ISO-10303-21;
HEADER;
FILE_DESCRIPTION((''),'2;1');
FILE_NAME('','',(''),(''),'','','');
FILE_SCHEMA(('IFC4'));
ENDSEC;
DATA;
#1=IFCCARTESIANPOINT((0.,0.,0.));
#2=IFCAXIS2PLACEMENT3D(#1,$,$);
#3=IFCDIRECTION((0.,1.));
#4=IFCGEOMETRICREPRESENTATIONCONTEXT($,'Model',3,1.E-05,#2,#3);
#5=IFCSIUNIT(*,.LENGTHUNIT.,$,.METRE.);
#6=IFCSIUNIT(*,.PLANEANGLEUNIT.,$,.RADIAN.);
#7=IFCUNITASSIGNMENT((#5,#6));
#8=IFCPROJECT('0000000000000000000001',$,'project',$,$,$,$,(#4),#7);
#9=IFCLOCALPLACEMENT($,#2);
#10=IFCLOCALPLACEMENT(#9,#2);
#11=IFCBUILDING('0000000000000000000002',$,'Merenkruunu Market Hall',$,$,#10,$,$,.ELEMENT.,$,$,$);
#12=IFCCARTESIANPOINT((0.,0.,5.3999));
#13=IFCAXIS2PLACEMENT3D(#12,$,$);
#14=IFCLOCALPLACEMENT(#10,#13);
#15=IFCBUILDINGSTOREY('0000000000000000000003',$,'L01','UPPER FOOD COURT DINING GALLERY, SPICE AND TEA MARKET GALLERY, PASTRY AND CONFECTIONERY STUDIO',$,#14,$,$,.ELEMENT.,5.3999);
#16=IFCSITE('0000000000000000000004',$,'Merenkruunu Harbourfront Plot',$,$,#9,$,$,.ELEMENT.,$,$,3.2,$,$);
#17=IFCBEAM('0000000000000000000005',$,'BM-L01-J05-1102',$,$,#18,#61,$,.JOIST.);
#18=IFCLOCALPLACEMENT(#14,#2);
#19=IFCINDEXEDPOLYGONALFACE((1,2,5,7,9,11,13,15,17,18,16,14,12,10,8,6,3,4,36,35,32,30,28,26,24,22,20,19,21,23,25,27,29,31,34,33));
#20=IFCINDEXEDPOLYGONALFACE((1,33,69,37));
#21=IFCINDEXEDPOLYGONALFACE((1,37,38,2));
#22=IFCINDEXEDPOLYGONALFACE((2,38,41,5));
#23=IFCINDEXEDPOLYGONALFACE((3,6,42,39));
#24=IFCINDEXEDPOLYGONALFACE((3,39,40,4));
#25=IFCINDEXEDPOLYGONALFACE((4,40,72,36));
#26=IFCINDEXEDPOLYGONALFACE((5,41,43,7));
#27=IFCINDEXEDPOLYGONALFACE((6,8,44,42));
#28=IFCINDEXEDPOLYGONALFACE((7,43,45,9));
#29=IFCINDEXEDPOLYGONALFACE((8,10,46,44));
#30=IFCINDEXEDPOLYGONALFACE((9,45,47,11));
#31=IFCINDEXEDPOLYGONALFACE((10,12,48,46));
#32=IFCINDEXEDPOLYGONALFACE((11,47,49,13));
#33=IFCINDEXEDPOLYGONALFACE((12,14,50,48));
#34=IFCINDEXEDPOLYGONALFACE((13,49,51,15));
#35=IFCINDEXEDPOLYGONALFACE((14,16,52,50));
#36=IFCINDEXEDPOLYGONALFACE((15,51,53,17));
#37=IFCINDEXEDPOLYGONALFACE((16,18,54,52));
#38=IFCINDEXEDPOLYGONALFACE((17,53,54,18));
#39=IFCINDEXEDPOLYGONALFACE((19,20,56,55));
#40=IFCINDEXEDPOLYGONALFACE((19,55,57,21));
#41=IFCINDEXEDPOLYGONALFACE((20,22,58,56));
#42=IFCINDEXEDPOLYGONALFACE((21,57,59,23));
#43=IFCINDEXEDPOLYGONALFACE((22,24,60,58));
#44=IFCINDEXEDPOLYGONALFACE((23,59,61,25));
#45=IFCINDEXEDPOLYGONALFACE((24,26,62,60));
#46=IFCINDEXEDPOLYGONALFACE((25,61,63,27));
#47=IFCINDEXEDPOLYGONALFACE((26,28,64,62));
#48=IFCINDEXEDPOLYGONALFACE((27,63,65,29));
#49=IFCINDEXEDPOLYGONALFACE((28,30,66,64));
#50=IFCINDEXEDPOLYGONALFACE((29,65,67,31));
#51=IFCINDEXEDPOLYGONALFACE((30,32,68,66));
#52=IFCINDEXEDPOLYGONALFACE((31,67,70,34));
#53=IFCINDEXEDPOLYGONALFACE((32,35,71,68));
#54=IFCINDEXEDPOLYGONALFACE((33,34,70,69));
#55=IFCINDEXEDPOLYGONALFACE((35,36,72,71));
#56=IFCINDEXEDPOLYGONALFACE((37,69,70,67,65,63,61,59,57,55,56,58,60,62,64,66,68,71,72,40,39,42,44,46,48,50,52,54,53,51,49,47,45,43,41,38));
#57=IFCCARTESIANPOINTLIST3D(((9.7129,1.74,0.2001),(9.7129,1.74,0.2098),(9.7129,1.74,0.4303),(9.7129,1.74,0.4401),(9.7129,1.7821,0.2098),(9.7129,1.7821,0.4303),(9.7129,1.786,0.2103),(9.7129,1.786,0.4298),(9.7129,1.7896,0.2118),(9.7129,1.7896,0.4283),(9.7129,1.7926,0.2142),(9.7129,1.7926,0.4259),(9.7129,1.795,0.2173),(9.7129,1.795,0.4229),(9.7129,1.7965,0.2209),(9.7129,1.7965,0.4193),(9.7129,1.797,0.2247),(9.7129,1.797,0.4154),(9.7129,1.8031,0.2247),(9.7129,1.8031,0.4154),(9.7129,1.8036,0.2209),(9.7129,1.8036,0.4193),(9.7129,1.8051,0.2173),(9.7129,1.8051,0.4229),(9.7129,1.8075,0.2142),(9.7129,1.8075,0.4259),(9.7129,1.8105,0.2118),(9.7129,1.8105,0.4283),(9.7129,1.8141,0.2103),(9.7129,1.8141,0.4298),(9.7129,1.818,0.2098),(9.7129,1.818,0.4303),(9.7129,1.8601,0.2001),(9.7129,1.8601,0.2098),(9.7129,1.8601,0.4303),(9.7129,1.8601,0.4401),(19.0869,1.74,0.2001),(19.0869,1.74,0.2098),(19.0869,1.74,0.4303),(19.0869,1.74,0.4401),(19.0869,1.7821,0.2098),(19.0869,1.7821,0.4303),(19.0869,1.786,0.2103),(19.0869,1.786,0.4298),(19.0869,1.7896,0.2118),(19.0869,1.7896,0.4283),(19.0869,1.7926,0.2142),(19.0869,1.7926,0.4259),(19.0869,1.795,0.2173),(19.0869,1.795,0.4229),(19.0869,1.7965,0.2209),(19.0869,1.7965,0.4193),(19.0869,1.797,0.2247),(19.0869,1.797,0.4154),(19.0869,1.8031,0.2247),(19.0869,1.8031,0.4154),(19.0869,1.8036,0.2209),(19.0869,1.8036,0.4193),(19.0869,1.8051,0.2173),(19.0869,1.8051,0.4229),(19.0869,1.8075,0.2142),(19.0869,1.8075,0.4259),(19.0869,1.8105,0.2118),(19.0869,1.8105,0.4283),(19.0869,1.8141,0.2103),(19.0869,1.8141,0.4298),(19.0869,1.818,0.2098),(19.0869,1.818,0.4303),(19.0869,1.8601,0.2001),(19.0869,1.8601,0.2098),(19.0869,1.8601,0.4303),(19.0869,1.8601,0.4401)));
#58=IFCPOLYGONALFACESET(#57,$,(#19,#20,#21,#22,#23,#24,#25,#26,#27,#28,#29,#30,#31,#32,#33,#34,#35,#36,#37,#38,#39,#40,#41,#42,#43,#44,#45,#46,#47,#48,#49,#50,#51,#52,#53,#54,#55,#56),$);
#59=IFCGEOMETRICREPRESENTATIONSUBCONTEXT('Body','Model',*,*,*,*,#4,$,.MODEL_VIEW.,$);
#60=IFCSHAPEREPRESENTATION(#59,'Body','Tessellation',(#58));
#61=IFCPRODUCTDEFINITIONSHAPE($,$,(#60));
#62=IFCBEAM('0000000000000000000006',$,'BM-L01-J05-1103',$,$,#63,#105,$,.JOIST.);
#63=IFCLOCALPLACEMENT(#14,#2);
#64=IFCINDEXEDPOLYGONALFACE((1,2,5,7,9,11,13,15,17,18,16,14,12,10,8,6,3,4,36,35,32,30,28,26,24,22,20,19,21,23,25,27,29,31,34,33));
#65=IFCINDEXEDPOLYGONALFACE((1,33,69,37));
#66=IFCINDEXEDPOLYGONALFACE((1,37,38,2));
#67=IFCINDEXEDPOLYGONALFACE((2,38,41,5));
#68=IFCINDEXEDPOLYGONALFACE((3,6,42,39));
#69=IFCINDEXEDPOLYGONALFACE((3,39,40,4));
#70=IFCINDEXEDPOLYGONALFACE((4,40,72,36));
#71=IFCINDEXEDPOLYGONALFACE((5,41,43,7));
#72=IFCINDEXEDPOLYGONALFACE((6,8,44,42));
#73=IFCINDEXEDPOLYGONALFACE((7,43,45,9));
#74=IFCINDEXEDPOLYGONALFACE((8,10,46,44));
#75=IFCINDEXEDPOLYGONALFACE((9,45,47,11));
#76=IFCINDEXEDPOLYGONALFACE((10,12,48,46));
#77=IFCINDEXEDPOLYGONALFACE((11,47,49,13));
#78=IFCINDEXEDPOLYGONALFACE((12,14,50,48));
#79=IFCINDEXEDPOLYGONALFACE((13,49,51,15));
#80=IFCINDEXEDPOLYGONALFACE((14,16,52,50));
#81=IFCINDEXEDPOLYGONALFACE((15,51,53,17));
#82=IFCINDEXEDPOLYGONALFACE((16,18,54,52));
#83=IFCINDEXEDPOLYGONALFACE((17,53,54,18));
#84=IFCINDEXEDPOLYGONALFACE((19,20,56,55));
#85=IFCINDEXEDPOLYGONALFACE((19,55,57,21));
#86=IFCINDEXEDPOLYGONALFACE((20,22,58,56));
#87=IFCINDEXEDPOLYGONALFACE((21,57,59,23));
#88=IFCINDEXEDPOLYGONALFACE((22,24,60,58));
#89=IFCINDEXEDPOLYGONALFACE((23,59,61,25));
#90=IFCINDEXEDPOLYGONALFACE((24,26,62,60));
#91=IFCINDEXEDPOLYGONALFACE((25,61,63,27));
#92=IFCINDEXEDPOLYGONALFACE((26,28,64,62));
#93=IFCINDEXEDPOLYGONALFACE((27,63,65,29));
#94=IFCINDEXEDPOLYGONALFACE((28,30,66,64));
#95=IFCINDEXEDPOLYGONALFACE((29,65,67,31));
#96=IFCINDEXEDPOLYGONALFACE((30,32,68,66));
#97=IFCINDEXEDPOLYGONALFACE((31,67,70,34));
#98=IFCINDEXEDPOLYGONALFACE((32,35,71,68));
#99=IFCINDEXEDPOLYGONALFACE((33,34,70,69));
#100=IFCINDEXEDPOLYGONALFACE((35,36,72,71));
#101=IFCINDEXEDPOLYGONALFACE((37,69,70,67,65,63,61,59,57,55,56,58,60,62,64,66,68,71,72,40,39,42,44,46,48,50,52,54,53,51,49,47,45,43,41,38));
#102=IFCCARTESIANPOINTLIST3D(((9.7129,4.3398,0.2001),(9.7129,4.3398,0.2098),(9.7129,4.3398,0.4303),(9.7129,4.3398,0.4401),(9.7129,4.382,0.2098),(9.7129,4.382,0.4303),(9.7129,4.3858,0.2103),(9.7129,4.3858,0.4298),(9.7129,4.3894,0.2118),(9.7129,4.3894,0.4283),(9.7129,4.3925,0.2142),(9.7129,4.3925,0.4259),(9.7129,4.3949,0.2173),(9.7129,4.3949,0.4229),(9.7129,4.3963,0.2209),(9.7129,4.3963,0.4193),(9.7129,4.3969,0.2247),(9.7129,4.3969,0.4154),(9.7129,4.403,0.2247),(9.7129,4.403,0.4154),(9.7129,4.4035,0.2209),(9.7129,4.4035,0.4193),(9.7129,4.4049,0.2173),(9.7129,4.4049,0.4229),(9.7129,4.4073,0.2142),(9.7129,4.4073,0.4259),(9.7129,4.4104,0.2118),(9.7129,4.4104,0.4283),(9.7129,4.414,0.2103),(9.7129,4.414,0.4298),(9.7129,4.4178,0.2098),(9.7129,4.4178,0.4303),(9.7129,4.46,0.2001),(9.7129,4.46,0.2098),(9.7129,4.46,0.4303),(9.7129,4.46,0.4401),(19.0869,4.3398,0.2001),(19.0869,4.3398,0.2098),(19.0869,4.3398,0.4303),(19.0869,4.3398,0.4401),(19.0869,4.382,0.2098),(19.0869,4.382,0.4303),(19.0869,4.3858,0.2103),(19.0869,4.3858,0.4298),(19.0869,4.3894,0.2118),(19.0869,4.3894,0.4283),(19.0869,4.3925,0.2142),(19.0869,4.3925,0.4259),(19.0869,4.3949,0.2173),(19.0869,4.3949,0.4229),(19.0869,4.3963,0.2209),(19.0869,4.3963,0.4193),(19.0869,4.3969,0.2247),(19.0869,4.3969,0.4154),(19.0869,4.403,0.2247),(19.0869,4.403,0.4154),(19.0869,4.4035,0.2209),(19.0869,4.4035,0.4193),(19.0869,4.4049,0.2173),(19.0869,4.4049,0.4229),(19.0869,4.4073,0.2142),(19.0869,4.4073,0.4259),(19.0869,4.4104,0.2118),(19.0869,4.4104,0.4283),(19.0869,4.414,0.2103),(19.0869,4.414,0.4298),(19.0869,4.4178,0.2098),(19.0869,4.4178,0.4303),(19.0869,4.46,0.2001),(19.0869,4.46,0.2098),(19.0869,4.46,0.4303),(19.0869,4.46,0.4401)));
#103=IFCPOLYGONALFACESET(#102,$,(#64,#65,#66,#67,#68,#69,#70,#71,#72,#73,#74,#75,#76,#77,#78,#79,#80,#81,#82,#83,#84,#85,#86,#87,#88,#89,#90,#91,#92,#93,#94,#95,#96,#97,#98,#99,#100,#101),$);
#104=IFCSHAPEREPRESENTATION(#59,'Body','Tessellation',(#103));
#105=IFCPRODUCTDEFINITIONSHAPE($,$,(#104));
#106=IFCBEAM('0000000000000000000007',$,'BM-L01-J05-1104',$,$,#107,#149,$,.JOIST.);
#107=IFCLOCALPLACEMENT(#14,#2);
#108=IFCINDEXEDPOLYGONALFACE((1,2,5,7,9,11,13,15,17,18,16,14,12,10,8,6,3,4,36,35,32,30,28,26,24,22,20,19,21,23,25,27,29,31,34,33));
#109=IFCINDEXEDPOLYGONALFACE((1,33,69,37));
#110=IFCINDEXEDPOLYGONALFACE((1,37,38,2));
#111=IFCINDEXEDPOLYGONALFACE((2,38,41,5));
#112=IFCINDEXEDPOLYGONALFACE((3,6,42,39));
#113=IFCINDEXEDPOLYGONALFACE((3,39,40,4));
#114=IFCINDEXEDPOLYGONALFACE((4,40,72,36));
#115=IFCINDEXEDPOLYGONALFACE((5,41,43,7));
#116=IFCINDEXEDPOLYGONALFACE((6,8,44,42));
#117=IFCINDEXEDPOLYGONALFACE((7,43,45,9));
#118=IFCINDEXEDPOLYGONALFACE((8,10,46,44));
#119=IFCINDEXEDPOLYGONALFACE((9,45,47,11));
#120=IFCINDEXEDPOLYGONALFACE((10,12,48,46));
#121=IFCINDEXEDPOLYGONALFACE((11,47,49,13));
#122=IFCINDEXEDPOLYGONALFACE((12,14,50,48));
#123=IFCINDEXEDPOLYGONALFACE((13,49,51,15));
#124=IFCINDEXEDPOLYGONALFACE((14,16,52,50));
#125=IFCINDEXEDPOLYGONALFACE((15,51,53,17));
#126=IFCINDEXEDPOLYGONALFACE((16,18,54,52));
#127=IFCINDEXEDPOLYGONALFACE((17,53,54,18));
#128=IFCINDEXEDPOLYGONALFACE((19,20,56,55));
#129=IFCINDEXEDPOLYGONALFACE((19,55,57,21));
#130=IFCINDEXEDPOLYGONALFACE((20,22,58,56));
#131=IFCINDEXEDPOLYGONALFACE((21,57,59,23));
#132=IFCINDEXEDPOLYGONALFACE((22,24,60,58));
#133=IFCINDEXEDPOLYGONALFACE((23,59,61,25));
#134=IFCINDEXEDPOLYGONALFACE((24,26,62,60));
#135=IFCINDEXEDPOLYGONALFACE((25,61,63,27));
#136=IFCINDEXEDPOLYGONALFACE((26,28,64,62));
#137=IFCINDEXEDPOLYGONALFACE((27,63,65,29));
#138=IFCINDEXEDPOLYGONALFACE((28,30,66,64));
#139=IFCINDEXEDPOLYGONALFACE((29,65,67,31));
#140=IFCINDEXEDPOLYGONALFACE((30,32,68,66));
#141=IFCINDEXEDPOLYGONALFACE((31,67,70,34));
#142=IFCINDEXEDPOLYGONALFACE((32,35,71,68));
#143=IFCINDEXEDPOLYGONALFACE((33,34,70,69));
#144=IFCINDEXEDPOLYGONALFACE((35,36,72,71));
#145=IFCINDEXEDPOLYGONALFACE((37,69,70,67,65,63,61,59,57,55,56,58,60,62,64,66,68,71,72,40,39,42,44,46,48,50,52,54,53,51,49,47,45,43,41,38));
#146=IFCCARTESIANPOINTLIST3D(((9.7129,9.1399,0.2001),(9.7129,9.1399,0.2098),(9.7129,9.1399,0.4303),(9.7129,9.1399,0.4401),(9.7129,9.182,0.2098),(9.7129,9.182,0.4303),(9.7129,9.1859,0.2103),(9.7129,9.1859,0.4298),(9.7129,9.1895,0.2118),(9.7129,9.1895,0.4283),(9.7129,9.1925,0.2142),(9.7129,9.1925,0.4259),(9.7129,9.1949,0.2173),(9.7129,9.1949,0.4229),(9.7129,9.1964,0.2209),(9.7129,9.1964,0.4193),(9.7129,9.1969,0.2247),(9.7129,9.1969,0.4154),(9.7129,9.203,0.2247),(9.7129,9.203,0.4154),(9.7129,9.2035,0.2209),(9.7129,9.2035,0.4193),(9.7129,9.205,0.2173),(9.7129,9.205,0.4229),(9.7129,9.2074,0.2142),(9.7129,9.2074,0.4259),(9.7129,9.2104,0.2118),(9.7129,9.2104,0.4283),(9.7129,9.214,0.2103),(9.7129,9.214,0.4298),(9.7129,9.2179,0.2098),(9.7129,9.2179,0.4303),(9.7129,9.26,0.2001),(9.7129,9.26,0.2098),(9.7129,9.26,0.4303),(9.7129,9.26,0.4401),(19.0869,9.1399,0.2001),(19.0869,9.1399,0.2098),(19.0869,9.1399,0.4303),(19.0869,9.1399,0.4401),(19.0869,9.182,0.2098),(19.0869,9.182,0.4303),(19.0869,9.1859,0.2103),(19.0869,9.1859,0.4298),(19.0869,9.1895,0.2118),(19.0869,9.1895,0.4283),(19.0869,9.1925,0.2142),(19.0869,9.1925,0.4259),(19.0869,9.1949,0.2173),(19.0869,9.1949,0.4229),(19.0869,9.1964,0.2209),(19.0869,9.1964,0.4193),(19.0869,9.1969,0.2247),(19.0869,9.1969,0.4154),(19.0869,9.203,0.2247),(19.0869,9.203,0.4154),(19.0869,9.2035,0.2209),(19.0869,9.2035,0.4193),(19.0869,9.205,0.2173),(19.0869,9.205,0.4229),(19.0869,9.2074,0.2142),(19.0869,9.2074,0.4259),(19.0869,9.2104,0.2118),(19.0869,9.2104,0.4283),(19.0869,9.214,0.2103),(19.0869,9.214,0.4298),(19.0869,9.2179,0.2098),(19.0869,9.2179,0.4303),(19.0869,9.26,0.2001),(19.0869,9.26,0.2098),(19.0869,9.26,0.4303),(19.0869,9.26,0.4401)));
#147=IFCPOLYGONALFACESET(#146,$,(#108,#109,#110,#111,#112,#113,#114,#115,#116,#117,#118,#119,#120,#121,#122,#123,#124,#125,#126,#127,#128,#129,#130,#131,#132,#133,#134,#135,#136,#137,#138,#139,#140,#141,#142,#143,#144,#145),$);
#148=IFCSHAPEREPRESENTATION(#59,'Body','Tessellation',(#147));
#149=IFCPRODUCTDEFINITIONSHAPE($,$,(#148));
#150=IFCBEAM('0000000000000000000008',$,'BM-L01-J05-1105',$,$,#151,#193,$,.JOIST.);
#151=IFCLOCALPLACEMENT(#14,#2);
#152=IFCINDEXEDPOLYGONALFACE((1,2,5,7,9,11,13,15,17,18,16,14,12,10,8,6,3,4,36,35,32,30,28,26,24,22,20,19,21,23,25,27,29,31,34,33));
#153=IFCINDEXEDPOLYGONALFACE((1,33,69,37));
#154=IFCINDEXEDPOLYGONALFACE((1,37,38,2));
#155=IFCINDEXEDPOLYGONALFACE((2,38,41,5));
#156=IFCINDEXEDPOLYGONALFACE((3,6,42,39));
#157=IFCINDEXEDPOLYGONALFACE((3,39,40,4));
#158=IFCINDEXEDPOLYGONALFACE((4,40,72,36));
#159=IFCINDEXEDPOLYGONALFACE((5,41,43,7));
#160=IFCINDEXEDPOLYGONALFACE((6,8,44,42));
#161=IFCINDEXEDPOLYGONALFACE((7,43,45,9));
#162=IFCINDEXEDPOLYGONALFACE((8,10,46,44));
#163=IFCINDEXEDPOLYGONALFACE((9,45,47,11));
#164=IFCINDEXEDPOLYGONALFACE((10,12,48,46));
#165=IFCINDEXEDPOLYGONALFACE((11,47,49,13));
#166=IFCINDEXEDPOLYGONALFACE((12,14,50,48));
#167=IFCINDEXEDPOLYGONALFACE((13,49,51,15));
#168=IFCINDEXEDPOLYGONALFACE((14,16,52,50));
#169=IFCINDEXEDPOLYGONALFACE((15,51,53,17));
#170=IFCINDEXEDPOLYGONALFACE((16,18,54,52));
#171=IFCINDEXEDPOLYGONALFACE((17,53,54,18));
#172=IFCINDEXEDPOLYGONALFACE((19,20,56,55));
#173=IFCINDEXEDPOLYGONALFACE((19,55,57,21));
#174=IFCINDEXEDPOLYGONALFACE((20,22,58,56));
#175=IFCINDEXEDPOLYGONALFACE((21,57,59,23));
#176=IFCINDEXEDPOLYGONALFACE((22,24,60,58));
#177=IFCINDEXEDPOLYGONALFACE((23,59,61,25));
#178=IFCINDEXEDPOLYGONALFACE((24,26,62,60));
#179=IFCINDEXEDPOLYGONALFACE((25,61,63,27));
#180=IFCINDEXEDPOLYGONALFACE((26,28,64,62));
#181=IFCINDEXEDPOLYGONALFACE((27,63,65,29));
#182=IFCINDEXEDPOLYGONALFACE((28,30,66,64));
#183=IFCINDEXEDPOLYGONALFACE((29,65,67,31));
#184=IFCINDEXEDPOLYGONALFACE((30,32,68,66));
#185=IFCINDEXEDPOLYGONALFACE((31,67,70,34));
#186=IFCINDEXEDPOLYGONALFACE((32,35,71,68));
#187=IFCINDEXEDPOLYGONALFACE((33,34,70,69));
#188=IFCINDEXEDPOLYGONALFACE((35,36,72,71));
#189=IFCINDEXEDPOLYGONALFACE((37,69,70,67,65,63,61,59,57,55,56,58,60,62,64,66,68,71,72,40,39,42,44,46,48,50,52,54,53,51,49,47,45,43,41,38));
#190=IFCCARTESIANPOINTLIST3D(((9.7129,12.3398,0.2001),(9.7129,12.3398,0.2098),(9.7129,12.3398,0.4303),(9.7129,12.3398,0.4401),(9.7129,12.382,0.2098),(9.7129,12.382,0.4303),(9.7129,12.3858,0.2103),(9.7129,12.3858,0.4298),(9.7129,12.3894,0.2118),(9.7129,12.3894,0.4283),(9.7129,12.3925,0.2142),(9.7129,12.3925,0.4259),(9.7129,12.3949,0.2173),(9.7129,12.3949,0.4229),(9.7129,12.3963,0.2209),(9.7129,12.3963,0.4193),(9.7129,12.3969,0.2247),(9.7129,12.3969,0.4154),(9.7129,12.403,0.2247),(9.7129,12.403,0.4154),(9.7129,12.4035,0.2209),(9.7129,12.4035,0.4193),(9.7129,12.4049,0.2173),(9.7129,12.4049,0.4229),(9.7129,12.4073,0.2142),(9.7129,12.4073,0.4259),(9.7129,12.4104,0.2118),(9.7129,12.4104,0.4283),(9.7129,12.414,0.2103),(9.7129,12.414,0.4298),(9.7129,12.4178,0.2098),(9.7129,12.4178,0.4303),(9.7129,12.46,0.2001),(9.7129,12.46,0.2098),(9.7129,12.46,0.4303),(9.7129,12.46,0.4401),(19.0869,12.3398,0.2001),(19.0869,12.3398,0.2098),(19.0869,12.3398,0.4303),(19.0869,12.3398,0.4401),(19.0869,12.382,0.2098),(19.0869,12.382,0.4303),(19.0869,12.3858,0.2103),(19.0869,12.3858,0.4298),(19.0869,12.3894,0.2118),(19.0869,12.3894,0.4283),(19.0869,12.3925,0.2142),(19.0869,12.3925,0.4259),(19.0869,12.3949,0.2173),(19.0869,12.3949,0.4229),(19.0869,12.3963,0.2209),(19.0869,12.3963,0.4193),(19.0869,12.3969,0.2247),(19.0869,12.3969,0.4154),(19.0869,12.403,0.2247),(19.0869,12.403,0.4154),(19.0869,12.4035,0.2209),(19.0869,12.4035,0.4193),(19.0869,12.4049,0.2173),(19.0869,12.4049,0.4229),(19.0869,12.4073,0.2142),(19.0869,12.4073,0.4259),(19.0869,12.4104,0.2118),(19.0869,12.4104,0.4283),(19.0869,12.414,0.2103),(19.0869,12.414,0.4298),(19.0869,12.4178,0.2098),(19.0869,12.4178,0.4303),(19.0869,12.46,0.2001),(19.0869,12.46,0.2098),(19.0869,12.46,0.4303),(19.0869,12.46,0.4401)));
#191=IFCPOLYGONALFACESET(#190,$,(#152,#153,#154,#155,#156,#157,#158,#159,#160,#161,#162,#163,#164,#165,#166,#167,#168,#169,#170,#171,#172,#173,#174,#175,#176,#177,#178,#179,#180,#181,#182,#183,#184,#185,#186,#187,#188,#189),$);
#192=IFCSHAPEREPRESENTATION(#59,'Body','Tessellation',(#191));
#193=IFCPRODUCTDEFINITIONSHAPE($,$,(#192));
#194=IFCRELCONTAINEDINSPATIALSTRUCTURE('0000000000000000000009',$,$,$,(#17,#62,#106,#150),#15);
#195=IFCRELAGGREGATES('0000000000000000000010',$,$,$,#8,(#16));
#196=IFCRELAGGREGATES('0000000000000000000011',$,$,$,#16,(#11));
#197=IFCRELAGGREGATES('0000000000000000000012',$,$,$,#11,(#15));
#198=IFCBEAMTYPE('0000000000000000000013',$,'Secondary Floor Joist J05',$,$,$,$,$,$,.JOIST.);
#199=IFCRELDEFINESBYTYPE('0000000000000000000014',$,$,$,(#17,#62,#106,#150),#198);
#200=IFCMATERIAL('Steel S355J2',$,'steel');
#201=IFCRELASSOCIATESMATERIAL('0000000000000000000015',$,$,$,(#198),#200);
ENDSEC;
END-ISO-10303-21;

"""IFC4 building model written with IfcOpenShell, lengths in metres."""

from ifc_helpers import new_model, si_unit, direction, frame, origin, origin_2d, place, context, subcontext, project, spatial, i_section, extrude, material, material_profile, profile_set, type_object, element, save


model = new_model("IFC4")

# Units and contexts
model_context = context("Model", 3, precision=1e-05, world=origin(), true_north=direction((0.0, 1.0)))
body_context = subcontext(model_context, "Body", "Model", "MODEL_VIEW")
ifc_project = project(units=[si_unit("LENGTHUNIT", "METRE"), si_unit("PLANEANGLEUNIT", "RADIAN")], contexts=[model_context])

# Site, building, storey
site_placement = place(None, origin())
site = spatial("IfcSite", under=ifc_project, at=site_placement, Name="Merenkruunu Harbourfront Plot", CompositionType="ELEMENT", RefElevation=3.2)
building_placement = place(site_placement, origin())
building = spatial("IfcBuilding", under=site, at=building_placement, Name="Merenkruunu Market Hall", CompositionType="ELEMENT")
storey_placement = place(building_placement, frame((0.0, 0.0, 5.3999)))
storey = spatial("IfcBuildingStorey", under=building, at=storey_placement, Name="L01", Description="UPPER FOOD COURT DINING GALLERY, SPICE AND TEA MARKET GALLERY, PASTRY AND CONFECTIONERY STUDIO", CompositionType="ELEMENT", Elevation=5.3999)

# Beams
ifc_material_1 = material(Name="Steel S355J2", Category="steel")
ifc_material_profile_1 = material_profile(ifc_material_1, i_section(OverallWidth=0.1201, OverallDepth=0.24, WebThickness=0.0061, FlangeThickness=0.0098, FilletRadius=0.0149, at=origin_2d()), Name="IPE 240")
ifc_profile_set_1 = profile_set([ifc_material_profile_1], Name="Steel S355J2")
beam_type_1 = type_object("IfcBeamType", Name="Secondary Floor Joist J05", PredefinedType="JOIST", material=ifc_profile_set_1)
for number, where, z_axis, x_axis, name in (
    (1, (9.7129, 1.8, 0.3201), (1.0, 0.0, 0.0), (0.0, 1.0, 0.0), "BM-L01-J05-1102"),
    (2, (9.7129, 4.3999, 0.3201), (1.0, 0.0, 0.0), (0.0, 1.0, 0.0), "BM-L01-J05-1103"),
    (3, (9.7129, 9.2, 0.3201), (1.0, 0.0, 0.0), (0.0, 1.0, 0.0), "BM-L01-J05-1104"),
    (4, (9.7129, 12.3999, 0.3201), (1.0, 0.0, 0.0), (0.0, 1.0, 0.0), "BM-L01-J05-1105"),
):
    element("IfcBeam", number, at=place(storey_placement, frame(where, z_axis=z_axis, x_axis=x_axis)), inside=storey, type_object=beam_type_1, Name=name, PredefinedType="JOIST", context=body_context, shape_type="SweptSolid", body=[
        extrude(i_section(OverallWidth=0.1201, OverallDepth=0.24, WebThickness=0.0061, FlangeThickness=0.0098, FilletRadius=0.0149, at=origin_2d()), origin(), (0.0, 0.0, 1.0), 9.374),
    ])

save(model, "model.ifc")
